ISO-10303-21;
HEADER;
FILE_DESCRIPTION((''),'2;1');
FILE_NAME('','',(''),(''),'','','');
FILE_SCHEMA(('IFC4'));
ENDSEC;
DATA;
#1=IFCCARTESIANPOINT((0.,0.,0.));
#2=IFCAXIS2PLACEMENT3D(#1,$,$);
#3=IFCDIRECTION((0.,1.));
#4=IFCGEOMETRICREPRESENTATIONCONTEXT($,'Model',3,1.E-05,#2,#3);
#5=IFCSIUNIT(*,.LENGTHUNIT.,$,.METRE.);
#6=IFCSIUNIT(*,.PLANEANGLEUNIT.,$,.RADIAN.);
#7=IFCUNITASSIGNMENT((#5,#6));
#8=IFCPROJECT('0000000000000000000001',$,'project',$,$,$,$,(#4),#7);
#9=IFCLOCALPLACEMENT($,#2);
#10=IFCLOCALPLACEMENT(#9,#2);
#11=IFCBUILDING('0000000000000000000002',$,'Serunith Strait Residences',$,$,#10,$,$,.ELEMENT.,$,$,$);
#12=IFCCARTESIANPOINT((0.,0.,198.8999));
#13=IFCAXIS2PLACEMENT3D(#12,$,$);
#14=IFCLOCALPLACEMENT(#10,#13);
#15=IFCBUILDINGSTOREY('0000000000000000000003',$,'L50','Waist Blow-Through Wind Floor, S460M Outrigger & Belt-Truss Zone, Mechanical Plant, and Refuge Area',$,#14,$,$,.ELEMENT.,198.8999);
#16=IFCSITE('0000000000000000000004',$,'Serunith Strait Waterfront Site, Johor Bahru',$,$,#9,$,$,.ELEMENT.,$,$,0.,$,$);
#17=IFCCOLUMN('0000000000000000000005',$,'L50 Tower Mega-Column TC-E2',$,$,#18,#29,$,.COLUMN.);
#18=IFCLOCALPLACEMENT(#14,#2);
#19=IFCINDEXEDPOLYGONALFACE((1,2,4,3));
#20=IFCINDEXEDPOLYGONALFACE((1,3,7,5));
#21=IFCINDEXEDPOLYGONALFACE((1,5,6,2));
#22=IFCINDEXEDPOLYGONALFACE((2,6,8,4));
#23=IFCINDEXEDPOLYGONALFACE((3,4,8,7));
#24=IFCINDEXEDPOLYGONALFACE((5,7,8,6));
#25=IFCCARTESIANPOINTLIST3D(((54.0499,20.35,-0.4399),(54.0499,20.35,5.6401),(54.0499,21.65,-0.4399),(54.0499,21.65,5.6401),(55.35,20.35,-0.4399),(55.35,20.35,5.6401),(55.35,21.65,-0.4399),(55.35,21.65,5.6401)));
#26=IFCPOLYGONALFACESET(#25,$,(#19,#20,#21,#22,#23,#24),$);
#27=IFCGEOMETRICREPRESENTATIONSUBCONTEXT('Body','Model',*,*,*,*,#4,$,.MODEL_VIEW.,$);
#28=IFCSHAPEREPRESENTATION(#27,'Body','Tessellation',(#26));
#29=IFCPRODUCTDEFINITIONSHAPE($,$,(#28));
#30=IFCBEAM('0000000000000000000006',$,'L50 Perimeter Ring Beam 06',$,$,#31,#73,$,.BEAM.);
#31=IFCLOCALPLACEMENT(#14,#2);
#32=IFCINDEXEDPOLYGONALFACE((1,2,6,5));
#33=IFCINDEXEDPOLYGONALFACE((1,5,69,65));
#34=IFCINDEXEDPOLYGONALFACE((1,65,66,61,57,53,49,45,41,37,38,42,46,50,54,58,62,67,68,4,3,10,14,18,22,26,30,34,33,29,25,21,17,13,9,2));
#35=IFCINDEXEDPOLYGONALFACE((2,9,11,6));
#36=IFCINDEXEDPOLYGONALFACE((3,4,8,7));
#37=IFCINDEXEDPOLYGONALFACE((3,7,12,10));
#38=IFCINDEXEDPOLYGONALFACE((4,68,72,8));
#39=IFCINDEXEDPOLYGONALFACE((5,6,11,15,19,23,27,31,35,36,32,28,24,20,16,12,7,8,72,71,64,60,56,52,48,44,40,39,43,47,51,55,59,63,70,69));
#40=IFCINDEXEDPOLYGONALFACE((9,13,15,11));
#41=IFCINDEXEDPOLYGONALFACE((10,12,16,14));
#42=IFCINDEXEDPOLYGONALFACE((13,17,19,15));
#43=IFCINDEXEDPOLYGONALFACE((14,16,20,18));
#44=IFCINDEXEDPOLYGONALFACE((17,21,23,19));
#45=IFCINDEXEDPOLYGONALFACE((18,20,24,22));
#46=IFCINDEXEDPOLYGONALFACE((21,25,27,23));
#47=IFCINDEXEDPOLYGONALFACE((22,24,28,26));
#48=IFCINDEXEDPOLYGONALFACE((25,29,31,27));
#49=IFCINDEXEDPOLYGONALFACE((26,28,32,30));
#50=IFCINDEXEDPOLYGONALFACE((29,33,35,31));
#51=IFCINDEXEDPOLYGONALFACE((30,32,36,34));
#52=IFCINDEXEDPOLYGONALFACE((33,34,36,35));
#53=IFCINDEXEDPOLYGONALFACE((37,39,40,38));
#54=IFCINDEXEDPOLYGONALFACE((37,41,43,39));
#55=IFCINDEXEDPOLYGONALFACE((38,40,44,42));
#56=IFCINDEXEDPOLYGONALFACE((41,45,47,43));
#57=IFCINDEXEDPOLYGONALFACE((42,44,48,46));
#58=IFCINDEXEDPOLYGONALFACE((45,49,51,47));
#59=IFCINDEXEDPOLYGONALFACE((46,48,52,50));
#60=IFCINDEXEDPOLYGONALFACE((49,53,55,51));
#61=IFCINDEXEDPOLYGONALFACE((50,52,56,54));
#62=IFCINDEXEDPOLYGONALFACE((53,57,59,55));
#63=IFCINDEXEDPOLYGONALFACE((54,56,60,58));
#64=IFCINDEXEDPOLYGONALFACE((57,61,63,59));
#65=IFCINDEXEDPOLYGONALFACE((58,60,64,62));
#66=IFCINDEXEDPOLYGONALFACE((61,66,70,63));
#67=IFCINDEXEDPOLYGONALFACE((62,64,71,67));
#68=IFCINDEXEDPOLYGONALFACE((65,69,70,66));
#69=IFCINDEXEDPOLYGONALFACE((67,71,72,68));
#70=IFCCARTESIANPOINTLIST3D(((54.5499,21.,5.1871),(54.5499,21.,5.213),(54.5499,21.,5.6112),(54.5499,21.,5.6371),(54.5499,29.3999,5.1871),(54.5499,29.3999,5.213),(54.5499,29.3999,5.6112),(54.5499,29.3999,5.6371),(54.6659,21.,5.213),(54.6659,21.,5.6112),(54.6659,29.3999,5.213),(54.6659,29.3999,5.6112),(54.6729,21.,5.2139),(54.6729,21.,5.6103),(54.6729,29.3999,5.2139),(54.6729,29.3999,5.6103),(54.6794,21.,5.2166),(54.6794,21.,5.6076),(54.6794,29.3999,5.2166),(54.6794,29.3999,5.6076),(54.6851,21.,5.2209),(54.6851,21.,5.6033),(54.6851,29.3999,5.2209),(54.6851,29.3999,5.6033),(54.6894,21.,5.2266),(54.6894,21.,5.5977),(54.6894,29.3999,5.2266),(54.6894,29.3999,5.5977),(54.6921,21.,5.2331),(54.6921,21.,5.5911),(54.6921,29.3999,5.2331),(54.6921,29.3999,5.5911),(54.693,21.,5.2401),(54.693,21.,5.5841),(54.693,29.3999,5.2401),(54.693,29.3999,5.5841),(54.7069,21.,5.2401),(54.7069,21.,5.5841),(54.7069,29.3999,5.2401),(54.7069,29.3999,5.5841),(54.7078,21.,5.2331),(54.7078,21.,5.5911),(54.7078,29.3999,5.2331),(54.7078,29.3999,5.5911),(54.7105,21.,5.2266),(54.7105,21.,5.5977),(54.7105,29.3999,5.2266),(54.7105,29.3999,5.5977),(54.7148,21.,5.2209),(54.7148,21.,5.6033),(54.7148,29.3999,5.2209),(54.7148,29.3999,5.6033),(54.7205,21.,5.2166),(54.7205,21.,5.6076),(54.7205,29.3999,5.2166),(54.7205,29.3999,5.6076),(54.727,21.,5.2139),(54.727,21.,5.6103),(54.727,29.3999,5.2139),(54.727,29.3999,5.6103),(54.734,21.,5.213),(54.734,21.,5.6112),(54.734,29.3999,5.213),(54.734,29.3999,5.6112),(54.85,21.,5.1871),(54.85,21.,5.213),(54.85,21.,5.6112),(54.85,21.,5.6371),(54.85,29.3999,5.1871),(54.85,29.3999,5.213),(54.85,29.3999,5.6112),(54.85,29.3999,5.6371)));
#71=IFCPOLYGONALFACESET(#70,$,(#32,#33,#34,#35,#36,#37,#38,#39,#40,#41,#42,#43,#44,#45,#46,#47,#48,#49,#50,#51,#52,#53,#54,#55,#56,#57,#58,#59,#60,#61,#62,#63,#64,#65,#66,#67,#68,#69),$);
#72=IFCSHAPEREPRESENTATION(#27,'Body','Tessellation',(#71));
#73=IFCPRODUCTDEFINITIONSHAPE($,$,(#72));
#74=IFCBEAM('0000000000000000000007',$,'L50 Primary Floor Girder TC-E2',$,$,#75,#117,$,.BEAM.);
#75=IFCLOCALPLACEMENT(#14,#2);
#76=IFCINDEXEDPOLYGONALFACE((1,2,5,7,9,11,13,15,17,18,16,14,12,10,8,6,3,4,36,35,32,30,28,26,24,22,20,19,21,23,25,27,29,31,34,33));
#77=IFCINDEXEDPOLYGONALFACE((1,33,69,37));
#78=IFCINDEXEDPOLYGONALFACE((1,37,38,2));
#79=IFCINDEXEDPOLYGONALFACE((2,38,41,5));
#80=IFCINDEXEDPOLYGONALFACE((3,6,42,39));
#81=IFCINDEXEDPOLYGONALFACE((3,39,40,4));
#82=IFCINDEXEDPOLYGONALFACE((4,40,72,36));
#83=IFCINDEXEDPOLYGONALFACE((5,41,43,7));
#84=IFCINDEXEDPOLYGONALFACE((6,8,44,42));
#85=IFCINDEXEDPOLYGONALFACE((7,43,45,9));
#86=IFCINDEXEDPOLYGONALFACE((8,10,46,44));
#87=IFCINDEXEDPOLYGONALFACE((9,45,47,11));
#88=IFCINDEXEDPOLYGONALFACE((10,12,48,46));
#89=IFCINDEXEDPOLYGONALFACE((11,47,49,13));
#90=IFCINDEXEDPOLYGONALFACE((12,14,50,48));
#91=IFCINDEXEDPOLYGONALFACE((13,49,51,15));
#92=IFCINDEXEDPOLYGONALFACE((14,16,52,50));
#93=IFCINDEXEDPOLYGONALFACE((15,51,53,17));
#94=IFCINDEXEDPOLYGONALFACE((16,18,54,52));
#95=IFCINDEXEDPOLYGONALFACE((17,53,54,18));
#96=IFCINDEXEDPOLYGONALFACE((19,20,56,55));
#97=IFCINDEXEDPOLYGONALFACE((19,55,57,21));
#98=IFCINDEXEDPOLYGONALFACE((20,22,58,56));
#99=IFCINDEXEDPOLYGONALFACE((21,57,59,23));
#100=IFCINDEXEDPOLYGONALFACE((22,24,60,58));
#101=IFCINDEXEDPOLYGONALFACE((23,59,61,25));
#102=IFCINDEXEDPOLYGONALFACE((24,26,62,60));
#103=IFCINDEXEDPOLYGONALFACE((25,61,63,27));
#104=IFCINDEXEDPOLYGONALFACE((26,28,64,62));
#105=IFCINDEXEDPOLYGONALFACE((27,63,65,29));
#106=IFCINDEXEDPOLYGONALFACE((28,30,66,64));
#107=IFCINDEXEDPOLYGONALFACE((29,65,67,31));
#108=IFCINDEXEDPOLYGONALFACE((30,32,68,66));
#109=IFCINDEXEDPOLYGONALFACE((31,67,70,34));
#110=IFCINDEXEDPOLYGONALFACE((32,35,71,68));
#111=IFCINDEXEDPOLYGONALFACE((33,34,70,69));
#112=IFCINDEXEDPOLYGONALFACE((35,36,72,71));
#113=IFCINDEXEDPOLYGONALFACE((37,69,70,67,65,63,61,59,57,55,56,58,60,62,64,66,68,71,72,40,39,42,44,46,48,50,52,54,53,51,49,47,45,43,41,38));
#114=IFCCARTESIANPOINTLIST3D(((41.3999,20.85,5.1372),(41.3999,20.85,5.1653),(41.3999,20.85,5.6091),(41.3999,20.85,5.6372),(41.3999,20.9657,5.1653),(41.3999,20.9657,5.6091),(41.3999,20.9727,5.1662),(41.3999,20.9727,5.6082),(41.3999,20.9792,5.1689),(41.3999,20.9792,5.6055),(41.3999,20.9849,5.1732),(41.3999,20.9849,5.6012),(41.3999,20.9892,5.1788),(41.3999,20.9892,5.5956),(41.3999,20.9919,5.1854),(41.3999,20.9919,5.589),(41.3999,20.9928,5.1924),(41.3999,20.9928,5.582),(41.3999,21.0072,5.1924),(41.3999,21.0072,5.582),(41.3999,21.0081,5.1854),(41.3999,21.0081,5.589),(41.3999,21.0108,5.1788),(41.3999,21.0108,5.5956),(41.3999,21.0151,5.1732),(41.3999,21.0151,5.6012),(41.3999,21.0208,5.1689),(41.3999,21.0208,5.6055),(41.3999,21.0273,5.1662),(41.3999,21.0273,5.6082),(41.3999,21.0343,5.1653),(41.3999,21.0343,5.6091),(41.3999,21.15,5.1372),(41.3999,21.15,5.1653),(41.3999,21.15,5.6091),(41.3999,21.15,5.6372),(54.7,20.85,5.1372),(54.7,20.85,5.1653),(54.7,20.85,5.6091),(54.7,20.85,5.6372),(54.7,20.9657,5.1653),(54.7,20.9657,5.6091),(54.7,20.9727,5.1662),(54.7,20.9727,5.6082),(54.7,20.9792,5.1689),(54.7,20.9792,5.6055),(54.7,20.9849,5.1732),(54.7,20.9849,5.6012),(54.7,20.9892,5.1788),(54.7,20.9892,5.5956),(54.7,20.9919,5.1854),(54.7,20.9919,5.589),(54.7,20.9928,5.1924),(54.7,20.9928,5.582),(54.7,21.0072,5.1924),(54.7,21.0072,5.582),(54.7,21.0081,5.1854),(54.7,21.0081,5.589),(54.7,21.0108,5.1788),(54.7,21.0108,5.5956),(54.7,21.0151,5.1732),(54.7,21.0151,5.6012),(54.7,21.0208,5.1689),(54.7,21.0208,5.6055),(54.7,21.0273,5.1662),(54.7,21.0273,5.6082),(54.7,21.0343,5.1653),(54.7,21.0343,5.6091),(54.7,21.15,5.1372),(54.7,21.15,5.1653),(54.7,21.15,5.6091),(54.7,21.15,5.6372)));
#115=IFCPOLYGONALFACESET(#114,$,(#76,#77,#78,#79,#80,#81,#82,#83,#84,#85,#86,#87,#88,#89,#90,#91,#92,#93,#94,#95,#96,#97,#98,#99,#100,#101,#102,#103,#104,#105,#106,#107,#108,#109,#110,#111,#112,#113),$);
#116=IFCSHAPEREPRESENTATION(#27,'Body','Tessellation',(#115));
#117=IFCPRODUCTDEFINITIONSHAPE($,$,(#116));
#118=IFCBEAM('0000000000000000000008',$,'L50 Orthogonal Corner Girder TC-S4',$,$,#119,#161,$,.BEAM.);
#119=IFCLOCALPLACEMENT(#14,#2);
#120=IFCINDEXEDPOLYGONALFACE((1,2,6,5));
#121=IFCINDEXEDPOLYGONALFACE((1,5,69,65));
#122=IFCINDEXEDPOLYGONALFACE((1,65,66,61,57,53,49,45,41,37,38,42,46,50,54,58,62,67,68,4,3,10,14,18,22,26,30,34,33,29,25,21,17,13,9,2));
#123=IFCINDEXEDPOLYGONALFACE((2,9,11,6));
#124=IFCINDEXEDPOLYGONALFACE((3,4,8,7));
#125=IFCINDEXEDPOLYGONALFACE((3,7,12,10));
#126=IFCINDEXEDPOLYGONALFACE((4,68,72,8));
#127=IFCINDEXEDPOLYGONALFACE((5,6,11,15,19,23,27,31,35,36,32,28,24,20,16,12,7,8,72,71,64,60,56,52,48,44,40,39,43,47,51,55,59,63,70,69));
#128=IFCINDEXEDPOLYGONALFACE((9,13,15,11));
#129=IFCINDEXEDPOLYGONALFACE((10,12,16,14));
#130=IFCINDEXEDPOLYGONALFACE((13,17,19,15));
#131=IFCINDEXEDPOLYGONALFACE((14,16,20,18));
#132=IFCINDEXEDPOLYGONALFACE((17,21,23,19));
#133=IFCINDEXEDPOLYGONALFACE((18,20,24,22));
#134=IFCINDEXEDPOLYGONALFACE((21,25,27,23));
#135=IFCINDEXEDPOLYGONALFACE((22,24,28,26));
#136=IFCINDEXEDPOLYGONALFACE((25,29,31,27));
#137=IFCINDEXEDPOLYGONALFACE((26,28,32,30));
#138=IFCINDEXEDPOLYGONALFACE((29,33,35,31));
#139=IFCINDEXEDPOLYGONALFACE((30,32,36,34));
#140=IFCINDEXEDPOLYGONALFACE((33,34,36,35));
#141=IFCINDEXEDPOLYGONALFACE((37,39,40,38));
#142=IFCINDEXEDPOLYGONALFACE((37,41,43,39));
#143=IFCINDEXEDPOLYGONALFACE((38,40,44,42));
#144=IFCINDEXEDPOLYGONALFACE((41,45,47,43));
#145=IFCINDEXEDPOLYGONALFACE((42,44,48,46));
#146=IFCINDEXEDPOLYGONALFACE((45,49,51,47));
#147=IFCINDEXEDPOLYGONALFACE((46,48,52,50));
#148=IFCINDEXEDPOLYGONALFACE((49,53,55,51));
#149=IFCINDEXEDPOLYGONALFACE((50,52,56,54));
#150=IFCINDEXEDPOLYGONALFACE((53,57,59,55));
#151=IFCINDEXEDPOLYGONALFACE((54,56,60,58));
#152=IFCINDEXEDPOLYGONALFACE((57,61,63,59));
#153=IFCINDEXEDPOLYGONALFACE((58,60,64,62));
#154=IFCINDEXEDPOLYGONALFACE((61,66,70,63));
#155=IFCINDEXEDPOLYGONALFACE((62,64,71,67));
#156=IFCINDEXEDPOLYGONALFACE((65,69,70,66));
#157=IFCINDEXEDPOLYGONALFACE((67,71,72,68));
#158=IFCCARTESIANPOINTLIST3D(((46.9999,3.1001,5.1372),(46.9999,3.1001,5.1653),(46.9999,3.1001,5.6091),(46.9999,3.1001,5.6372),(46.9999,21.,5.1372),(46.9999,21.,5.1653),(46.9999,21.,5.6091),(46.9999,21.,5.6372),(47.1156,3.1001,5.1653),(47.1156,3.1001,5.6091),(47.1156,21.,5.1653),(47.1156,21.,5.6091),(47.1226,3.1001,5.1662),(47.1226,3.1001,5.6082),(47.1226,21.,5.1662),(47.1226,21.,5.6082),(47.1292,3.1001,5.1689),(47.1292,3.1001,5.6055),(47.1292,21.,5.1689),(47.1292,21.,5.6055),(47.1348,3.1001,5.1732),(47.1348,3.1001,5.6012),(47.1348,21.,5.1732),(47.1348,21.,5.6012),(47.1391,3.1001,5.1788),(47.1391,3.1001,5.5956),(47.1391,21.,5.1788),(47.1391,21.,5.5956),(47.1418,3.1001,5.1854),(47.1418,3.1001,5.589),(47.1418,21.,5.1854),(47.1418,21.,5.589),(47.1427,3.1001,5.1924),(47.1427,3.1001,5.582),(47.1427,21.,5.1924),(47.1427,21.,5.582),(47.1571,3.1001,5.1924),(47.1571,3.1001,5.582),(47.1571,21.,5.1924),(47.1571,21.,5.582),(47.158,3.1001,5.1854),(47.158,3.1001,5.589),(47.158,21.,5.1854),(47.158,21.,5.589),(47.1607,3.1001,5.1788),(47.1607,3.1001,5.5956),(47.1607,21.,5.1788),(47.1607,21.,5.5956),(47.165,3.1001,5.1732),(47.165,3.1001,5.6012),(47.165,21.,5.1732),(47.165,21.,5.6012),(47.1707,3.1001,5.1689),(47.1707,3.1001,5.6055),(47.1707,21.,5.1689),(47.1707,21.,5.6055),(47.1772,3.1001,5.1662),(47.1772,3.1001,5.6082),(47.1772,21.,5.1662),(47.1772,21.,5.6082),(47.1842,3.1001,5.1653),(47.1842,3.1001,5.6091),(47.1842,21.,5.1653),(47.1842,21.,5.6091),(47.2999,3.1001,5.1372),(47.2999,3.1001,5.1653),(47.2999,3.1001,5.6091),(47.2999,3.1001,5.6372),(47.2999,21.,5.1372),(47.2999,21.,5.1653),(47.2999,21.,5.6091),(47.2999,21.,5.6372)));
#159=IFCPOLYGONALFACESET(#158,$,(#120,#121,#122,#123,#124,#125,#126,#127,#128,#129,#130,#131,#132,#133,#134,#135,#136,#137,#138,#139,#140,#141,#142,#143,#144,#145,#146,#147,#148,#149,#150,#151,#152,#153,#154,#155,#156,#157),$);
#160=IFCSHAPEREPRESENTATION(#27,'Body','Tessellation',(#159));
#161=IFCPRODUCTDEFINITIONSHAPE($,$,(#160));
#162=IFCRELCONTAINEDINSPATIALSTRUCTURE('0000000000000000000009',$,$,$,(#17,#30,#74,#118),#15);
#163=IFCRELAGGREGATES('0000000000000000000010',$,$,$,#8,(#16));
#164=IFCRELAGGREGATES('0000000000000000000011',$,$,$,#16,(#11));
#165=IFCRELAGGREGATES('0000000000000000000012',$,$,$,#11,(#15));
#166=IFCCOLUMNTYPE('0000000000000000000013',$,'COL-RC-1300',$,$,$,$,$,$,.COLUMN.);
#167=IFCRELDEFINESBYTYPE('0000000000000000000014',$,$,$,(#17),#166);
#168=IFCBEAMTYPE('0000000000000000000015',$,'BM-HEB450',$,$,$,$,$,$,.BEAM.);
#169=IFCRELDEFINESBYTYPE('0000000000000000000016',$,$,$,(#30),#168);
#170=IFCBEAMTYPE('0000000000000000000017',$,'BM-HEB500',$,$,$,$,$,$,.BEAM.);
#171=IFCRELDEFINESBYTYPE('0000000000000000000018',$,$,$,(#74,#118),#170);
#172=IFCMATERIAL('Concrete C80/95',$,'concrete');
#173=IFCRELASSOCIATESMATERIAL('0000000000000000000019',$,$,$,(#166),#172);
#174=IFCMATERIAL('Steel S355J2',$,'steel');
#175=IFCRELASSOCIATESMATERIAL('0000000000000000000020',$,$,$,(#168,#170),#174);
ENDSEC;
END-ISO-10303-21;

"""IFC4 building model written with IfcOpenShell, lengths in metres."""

from ifc_helpers import new_model, si_unit, direction, frame, origin, origin_2d, place, context, subcontext, project, spatial, rectangle, i_section, extrude, source, transform, mapped, material, material_profile, profile_set, type_object, element, save


model = new_model("IFC4")

# Units and contexts
model_context = context("Model", 3, precision=1e-05, world=origin(), true_north=direction((0.0, 1.0)))
body_context = subcontext(model_context, "Body", "Model", "MODEL_VIEW")
ifc_project = project(units=[si_unit("LENGTHUNIT", "METRE"), si_unit("PLANEANGLEUNIT", "RADIAN")], contexts=[model_context])

# Site, building, storey
site_placement = place(None, origin())
site = spatial("IfcSite", under=ifc_project, at=site_placement, Name="Serunith Strait Waterfront Site, Johor Bahru", CompositionType="ELEMENT", RefElevation=0.0)
building_placement = place(site_placement, origin())
building = spatial("IfcBuilding", under=site, at=building_placement, Name="Serunith Strait Residences", CompositionType="ELEMENT")
storey_placement = place(building_placement, frame((0.0, 0.0, 198.8999)))
storey = spatial("IfcBuildingStorey", under=building, at=storey_placement, Name="L50", Description="Waist Blow-Through Wind Floor, S460M Outrigger & Belt-Truss Zone, Mechanical Plant, and Refuge Area", CompositionType="ELEMENT", Elevation=198.8999)

# Column
ifc_material_1 = material(Name="Concrete C80/95", Category="concrete")
ifc_material_profile_1 = material_profile(ifc_material_1, rectangle(XDim=1.3, YDim=1.3, at=origin_2d()), Name="RC 1300x1300")
ifc_profile_set_1 = profile_set([ifc_material_profile_1], Name="Concrete C80/95")
column_type = type_object("IfcColumnType", Name="COL-RC-1300", PredefinedType="COLUMN", material=ifc_profile_set_1)
shared_shape_1 = source(origin(), body_context, "Body", "SweptSolid", [
    extrude(rectangle(XDim=1.3, YDim=1.3, at=origin_2d()), origin(), (0.0, 0.0, 1.0), 6.0801),
])
column_placement = place(storey_placement, frame((54.7, 21.0, -0.4399), z_axis=(0.0, 0.0, 1.0), x_axis=(1.0, 0.0, 0.0)))
element("IfcColumn", 1, at=column_placement, inside=storey, type_object=column_type, Name="L50 Tower Mega-Column TC-E2", PredefinedType="COLUMN", context=body_context, shape_type="MappedRepresentation", body=[
    mapped(shared_shape_1, transform((0.0, 0.0, 0.0), scale=1.0)),
])

# Beams
ifc_material_2 = material(Name="Steel S355J2", Category="steel")
ifc_material_profile_2 = material_profile(ifc_material_2, i_section(OverallWidth=0.3, OverallDepth=0.45, WebThickness=0.0139, FlangeThickness=0.0259, FilletRadius=0.0271, at=origin_2d()), Name="HEB 450")
ifc_profile_set_2 = profile_set([ifc_material_profile_2], Name="Steel S355J2")
beam_type_1 = type_object("IfcBeamType", Name="BM-HEB450", PredefinedType="BEAM", material=ifc_profile_set_2)
shared_shape_2 = source(origin(), body_context, "Body", "SweptSolid", [
    extrude(i_section(OverallWidth=0.3, OverallDepth=0.45, WebThickness=0.0139, FlangeThickness=0.0259, FilletRadius=0.0271, at=origin_2d()), origin(), (0.0, 0.0, 1.0), 8.3999),
])
beam_1_placement = place(storey_placement, frame((54.7, 21.0, 5.4121), z_axis=(0.0, 1.0, 0.0), x_axis=(-1.0, 0.0, 0.0)))
element("IfcBeam", 2, at=beam_1_placement, inside=storey, type_object=beam_type_1, Name="L50 Perimeter Ring Beam 06", PredefinedType="BEAM", context=body_context, shape_type="MappedRepresentation", body=[
    mapped(shared_shape_2, transform((0.0, 0.0, 0.0), scale=1.0)),
])
ifc_material_profile_3 = material_profile(ifc_material_2, i_section(OverallWidth=0.3, OverallDepth=0.5, WebThickness=0.0144, FlangeThickness=0.0281, FilletRadius=0.0271, at=origin_2d()), Name="HEB 500")
ifc_profile_set_3 = profile_set([ifc_material_profile_3], Name="Steel S355J2")
beam_type_2 = type_object("IfcBeamType", Name="BM-HEB500", PredefinedType="BEAM", material=ifc_profile_set_3)
shared_shape_3 = source(origin(), body_context, "Body", "SweptSolid", [
    extrude(i_section(OverallWidth=0.3, OverallDepth=0.5, WebThickness=0.0144, FlangeThickness=0.0281, FilletRadius=0.0271, at=origin_2d()), origin(), (0.0, 0.0, 1.0), 13.3),
])
beam_2_placement = place(storey_placement, frame((41.3999, 21.0, 5.3872), z_axis=(1.0, 0.0, 0.0), x_axis=(0.0, 1.0, 0.0)))
element("IfcBeam", 3, at=beam_2_placement, inside=storey, type_object=beam_type_2, Name="L50 Primary Floor Girder TC-E2", PredefinedType="BEAM", context=body_context, shape_type="MappedRepresentation", body=[
    mapped(shared_shape_3, transform((0.0, 0.0, 0.0), scale=1.0)),
])
shared_shape_4 = source(origin(), body_context, "Body", "SweptSolid", [
    extrude(i_section(OverallWidth=0.3, OverallDepth=0.5, WebThickness=0.0144, FlangeThickness=0.0281, FilletRadius=0.0271, at=origin_2d()), origin(), (0.0, 0.0, 1.0), 17.8999),
])
beam_3_placement = place(storey_placement, frame((47.1499, 21.0, 5.3872), z_axis=(0.0, -1.0, 0.0), x_axis=(1.0, 0.0, 0.0)))
element("IfcBeam", 4, at=beam_3_placement, inside=storey, type_object=beam_type_2, Name="L50 Orthogonal Corner Girder TC-S4", PredefinedType="BEAM", context=body_context, shape_type="MappedRepresentation", body=[
    mapped(shared_shape_4, transform((0.0, 0.0, 0.0), scale=1.0)),
])

save(model, "model.ifc")
